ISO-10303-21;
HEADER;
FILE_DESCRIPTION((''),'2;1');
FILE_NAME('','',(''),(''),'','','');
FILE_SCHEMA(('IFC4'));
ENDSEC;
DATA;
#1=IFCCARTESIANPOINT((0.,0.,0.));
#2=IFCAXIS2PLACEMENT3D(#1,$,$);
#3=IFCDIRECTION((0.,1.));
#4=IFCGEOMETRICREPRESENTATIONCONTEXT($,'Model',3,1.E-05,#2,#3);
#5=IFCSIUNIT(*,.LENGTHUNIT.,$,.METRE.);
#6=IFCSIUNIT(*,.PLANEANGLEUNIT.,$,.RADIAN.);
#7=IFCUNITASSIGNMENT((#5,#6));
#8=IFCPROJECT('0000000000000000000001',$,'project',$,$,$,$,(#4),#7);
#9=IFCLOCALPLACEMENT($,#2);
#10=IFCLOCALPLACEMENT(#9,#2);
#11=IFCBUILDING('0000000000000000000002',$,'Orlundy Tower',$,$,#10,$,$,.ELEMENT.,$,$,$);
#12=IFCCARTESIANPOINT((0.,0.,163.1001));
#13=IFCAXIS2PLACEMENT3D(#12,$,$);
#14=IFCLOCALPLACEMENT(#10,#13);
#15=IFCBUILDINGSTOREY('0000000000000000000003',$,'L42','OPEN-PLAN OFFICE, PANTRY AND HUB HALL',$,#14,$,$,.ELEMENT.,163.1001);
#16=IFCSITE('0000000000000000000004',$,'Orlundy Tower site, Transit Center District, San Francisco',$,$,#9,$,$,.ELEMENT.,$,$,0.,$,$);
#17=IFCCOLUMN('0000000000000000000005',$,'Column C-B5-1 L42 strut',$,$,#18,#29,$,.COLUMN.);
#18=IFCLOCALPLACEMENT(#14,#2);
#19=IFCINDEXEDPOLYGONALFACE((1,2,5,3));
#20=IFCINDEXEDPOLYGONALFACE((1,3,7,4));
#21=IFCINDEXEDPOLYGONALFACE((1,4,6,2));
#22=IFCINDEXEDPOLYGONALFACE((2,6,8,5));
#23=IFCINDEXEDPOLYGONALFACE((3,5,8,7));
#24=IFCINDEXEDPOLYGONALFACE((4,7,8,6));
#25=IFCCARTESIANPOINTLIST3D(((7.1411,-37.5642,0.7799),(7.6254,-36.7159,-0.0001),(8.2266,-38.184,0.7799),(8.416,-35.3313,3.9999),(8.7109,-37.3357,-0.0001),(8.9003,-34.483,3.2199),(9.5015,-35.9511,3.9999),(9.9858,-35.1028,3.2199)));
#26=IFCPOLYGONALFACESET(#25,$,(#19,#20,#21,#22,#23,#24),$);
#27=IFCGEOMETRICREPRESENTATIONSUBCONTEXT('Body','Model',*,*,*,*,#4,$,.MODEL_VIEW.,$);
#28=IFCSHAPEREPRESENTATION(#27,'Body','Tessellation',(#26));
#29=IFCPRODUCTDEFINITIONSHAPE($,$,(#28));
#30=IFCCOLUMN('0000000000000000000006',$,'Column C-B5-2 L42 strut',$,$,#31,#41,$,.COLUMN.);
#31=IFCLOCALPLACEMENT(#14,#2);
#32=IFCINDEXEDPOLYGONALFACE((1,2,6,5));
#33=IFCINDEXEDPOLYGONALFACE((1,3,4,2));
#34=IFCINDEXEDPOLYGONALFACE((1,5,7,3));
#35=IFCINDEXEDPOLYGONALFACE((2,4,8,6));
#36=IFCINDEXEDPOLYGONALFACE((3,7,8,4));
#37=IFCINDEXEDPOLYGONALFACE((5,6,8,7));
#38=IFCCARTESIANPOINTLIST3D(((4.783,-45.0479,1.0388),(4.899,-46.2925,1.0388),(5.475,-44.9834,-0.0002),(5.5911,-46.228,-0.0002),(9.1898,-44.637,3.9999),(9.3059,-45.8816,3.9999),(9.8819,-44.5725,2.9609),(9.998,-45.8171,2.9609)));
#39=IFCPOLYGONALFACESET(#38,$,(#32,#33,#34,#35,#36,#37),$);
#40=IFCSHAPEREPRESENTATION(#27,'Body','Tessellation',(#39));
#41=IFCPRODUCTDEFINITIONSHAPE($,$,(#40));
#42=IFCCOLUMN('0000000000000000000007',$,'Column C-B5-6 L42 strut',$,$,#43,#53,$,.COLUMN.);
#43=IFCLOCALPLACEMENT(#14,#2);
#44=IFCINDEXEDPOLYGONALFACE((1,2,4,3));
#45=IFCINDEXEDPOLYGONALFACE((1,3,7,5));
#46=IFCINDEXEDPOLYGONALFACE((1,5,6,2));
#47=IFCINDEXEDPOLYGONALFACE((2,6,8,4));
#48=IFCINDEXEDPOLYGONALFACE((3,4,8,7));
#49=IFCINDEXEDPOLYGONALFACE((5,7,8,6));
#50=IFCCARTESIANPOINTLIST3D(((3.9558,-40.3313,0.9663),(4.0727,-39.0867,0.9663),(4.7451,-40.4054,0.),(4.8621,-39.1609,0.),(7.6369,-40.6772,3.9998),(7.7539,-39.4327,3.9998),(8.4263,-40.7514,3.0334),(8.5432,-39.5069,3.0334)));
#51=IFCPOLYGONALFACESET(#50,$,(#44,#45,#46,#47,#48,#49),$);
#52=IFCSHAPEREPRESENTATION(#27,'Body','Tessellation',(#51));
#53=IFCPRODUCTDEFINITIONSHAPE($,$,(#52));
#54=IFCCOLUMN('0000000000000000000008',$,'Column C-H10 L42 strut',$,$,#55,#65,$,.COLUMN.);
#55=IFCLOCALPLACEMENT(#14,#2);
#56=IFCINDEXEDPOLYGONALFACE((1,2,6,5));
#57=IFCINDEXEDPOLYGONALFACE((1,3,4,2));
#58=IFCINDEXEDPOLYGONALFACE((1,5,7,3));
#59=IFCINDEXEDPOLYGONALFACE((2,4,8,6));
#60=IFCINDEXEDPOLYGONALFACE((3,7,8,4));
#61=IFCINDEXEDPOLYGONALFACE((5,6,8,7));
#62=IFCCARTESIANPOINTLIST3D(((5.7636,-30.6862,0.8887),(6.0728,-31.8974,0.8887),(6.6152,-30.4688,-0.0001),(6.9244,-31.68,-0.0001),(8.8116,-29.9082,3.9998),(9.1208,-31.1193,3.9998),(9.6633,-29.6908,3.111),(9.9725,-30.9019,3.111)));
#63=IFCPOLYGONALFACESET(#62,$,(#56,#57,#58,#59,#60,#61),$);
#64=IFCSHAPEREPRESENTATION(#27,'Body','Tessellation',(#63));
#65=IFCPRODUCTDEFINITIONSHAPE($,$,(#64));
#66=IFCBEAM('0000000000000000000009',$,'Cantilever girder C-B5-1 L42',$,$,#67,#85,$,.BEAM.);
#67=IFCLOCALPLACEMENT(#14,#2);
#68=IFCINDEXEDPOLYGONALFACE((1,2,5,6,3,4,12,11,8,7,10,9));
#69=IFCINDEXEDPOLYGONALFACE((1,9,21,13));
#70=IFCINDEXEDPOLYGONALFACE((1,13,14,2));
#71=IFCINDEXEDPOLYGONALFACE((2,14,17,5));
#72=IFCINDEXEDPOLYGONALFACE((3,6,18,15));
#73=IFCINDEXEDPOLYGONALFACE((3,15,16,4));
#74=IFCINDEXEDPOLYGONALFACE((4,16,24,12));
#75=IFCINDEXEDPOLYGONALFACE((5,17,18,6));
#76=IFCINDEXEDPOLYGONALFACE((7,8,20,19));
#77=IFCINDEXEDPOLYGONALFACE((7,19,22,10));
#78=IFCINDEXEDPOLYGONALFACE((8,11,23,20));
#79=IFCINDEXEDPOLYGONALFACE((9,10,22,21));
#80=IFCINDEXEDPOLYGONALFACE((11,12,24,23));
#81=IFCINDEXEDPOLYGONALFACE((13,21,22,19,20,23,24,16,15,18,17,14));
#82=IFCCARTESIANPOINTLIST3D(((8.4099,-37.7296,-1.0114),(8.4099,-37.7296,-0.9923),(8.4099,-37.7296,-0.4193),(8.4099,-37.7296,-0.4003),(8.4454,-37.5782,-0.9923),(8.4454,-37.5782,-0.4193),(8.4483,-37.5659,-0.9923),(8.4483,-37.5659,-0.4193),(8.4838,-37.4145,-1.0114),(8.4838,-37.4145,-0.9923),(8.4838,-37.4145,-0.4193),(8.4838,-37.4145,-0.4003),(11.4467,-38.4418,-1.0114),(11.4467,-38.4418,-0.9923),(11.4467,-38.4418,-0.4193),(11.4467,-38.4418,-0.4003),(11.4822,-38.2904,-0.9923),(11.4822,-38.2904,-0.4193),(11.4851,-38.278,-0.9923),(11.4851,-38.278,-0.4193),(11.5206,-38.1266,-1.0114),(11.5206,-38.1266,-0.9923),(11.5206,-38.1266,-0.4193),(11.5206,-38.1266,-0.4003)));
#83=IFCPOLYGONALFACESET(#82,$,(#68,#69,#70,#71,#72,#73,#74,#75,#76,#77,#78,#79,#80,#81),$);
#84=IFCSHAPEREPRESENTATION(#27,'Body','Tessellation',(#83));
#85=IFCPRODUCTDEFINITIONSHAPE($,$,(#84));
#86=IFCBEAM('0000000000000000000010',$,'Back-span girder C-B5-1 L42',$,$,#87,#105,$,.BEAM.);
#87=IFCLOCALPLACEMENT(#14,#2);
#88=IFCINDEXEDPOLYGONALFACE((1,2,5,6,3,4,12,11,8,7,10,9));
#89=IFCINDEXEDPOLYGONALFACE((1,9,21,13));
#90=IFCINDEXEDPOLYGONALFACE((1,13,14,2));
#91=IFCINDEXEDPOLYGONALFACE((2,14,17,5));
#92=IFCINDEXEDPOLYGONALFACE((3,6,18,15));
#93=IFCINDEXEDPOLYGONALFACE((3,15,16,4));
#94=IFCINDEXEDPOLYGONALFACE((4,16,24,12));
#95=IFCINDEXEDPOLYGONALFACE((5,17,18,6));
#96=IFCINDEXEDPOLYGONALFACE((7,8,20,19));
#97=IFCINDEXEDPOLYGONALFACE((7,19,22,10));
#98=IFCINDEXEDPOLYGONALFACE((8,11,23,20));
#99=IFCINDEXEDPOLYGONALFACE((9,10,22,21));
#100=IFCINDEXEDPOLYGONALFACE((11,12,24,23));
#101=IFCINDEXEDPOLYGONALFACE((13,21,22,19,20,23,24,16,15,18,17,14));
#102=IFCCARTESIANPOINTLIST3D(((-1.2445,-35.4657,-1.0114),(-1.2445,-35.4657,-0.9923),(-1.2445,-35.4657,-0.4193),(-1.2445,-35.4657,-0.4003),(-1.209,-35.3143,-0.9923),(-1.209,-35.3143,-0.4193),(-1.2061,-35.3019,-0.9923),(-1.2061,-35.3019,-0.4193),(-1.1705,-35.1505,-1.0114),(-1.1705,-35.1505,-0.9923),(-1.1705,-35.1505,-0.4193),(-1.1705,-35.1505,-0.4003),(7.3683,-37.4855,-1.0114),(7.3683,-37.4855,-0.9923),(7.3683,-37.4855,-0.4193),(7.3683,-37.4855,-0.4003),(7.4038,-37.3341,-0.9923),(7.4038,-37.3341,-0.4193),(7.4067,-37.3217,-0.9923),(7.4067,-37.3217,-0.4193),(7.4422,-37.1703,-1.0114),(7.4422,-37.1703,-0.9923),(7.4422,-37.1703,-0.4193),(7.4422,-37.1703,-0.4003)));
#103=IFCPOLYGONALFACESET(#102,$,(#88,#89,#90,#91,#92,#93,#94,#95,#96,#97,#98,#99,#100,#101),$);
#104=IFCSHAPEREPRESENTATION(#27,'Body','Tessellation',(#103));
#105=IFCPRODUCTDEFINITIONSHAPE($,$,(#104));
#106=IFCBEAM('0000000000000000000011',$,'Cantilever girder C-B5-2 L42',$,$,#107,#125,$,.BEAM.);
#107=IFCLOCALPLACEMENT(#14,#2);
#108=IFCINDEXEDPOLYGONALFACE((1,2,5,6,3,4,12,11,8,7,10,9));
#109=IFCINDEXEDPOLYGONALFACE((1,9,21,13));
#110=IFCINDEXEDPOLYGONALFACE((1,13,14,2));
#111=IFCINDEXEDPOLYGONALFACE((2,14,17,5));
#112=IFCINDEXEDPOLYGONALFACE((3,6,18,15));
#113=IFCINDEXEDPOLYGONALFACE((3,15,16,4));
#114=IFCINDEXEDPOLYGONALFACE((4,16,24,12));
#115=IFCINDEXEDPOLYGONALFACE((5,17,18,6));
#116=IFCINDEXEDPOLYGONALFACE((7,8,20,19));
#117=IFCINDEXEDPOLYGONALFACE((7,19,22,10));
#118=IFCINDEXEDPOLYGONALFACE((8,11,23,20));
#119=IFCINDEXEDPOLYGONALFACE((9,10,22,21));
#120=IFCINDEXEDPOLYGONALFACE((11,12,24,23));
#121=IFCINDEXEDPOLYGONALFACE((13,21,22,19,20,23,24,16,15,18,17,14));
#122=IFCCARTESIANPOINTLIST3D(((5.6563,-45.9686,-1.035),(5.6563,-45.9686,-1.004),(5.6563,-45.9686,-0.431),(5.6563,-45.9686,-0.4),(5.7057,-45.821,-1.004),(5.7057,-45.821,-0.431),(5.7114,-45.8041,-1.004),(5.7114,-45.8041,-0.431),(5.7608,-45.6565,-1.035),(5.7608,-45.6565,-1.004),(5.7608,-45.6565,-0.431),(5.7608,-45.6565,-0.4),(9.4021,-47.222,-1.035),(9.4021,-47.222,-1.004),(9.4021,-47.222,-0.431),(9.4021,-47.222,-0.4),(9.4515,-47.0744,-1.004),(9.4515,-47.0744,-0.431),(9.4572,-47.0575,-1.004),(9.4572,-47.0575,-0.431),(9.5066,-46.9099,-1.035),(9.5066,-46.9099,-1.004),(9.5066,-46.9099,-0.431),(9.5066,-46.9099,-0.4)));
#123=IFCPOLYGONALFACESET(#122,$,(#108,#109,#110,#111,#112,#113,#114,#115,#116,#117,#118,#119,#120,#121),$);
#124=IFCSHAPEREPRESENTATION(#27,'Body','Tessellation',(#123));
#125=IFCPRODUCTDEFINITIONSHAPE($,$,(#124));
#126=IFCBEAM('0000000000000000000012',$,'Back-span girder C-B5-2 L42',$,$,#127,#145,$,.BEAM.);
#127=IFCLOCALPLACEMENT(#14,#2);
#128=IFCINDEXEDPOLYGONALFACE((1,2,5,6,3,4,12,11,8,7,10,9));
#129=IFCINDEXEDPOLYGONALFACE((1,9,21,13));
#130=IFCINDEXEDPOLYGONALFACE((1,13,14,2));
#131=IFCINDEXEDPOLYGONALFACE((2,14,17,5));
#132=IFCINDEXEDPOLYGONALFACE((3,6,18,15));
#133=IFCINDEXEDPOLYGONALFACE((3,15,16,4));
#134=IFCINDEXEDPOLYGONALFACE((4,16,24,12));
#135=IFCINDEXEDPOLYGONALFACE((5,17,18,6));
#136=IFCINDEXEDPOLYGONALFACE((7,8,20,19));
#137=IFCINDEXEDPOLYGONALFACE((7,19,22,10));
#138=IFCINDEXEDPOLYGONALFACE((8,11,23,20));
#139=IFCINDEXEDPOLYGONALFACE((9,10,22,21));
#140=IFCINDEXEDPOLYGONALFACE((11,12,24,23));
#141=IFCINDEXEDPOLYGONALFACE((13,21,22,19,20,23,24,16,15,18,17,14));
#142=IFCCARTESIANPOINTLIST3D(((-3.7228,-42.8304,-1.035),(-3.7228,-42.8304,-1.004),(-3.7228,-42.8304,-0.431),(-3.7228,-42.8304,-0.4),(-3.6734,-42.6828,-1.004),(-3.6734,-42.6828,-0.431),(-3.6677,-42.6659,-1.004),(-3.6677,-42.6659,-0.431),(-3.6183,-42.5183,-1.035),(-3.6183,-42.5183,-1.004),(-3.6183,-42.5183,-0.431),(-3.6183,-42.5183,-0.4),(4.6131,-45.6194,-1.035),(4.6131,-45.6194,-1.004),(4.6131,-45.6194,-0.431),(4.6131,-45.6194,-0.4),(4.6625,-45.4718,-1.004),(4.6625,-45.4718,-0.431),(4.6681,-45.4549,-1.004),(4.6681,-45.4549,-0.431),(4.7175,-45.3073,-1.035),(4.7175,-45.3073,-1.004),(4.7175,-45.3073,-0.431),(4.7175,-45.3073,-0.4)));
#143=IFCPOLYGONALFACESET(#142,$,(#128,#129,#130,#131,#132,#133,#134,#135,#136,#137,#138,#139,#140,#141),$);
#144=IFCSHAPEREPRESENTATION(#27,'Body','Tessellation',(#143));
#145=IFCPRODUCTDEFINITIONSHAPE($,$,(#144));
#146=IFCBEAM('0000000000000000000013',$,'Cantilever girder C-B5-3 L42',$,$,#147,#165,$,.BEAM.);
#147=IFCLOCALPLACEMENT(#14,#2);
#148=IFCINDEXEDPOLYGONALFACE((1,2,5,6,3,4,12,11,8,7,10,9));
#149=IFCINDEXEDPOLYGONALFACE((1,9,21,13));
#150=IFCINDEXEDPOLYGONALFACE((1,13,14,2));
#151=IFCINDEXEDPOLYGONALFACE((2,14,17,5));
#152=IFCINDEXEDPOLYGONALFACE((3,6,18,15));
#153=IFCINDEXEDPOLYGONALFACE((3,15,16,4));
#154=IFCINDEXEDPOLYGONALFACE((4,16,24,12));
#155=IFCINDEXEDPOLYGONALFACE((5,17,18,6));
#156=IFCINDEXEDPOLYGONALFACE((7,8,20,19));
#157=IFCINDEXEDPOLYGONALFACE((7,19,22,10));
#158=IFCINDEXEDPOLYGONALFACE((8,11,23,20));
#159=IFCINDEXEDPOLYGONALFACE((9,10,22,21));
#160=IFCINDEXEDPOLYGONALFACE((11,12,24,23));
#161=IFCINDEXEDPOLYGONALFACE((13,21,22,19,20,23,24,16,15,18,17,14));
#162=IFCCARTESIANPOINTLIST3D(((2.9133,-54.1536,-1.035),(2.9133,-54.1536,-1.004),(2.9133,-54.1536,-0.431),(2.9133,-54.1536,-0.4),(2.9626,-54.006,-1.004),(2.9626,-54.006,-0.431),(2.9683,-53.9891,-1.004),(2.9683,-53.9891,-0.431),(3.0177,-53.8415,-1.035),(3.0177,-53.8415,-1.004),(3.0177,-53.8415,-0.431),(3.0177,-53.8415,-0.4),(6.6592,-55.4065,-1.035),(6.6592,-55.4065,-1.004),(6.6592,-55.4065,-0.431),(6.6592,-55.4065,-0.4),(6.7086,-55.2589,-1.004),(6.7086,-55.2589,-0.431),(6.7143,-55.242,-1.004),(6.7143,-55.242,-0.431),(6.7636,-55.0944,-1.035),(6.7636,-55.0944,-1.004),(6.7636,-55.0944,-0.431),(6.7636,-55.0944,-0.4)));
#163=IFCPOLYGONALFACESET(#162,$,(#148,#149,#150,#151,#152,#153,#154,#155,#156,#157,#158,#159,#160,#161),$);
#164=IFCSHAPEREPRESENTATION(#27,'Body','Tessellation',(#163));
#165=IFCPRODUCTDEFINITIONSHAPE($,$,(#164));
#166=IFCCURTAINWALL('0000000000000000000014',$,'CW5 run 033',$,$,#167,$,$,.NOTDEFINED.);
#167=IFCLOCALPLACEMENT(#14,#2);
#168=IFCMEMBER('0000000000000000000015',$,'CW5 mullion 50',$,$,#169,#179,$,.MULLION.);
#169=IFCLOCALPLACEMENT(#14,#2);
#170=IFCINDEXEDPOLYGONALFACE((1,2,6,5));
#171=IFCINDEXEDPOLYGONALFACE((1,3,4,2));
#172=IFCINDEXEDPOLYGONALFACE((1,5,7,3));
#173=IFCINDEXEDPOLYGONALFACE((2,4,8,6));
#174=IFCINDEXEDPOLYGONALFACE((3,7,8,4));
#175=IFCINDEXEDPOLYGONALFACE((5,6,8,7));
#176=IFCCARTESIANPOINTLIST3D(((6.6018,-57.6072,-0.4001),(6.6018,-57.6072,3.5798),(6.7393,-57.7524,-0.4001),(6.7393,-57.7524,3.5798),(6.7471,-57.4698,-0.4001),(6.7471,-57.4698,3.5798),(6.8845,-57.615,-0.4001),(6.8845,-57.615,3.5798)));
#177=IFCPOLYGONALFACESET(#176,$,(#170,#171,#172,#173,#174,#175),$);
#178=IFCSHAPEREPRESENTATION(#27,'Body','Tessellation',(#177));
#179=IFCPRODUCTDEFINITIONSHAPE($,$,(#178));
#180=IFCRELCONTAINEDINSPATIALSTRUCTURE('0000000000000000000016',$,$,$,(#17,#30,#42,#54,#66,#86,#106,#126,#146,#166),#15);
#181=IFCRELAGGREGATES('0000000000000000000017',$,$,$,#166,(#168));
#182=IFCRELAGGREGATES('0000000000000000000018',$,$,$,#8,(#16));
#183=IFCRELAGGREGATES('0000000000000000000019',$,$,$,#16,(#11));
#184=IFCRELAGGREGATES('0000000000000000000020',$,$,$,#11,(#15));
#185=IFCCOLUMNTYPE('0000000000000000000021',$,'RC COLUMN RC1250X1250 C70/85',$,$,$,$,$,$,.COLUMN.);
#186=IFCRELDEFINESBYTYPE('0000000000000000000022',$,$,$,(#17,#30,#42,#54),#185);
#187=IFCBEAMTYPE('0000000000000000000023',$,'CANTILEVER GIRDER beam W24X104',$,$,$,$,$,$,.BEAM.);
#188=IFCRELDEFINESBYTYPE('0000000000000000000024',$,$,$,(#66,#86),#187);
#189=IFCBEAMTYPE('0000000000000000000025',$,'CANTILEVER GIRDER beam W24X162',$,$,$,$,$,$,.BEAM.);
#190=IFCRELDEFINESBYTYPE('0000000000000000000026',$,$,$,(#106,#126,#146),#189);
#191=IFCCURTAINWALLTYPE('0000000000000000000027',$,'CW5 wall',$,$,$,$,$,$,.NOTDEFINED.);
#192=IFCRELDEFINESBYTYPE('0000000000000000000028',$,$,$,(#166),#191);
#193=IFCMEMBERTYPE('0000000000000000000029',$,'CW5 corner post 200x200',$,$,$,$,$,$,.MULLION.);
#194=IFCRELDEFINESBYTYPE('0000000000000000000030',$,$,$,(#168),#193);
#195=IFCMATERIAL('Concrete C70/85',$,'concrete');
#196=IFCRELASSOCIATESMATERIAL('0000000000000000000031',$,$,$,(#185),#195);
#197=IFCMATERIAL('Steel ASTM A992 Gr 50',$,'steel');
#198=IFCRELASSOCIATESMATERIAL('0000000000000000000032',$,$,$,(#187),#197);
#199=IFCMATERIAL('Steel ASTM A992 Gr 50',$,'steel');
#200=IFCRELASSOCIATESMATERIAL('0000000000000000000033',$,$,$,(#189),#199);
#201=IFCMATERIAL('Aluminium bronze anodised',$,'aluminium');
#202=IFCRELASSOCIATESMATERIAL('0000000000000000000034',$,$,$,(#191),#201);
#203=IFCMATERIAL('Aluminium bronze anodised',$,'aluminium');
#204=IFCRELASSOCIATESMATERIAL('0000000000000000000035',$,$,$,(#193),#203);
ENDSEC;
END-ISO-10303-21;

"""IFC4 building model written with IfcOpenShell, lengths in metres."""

from ifc_helpers import new_model, si_unit, direction, frame, origin, origin_2d, place, context, subcontext, project, spatial, rectangle, i_section, extrude, material, material_profile, profile_set, type_object, element, aggregate, save


model = new_model("IFC4")

# Units and contexts
model_context = context("Model", 3, precision=1e-05, world=origin(), true_north=direction((0.0, 1.0)))
body_context = subcontext(model_context, "Body", "Model", "MODEL_VIEW")
ifc_project = project(units=[si_unit("LENGTHUNIT", "METRE"), si_unit("PLANEANGLEUNIT", "RADIAN")], contexts=[model_context])

# Site, building, storey
site_placement = place(None, origin())
site = spatial("IfcSite", under=ifc_project, at=site_placement, Name="Orlundy Tower site, Transit Center District, San Francisco", CompositionType="ELEMENT", RefElevation=0.0)
building_placement = place(site_placement, origin())
building = spatial("IfcBuilding", under=site, at=building_placement, Name="Orlundy Tower", CompositionType="ELEMENT")
storey_placement = place(building_placement, frame((0.0, 0.0, 163.1001)))
storey = spatial("IfcBuildingStorey", under=building, at=storey_placement, Name="L42", Description="OPEN-PLAN OFFICE, PANTRY AND HUB HALL", CompositionType="ELEMENT", Elevation=163.1001)

# Columns
ifc_material_1 = material(Name="Concrete C70/85", Category="concrete")
ifc_material_profile_1 = material_profile(ifc_material_1, rectangle(XDim=1.25, YDim=1.25, at=origin_2d()), Name="RC1250X1250")
ifc_profile_set_1 = profile_set([ifc_material_profile_1], Name="Concrete C70/85")
column_type = type_object("IfcColumnType", Name="RC COLUMN RC1250X1250 C70/85", PredefinedType="COLUMN", material=ifc_profile_set_1)
column_1_placement = place(storey_placement, frame((7.926, -37.45, 0.3899), z_axis=(0.309396, 0.541887, 0.781429), x_axis=(-0.868418, 0.495832, 0.0)))
element("IfcColumn", 1, at=column_1_placement, inside=storey, type_object=column_type, Name="Column C-B5-1 L42 strut", PredefinedType="COLUMN", context=body_context, shape_type="SweptSolid", body=[
    extrude(rectangle(XDim=1.25, YDim=1.25, at=origin_2d()), origin(), (0.0, 0.0, 1.0), 4.1206),
])
column_2_placement = place(storey_placement, frame((5.187, -45.6379, 0.5193), z_axis=(0.827554, 0.077158, 0.556058), x_axis=(-0.092833, 0.995682, 0.0)))
element("IfcColumn", 2, at=column_2_placement, inside=storey, type_object=column_type, Name="Column C-B5-2 L42 strut", PredefinedType="COLUMN", context=body_context, shape_type="SweptSolid", body=[
    extrude(rectangle(XDim=1.25, YDim=1.25, at=origin_2d()), origin(), (0.0, 0.0, 1.0), 5.3252),
])
column_3_placement = place(storey_placement, frame((4.4089, -39.7461, 0.4832), z_axis=(0.769712, -0.072336, 0.63428), x_axis=(0.093566, 0.995613, 0.0)))
element("IfcColumn", 3, at=column_3_placement, inside=storey, type_object=column_type, Name="Column C-B5-6 L42 strut", PredefinedType="COLUMN", context=body_context, shape_type="SweptSolid", body=[
    extrude(rectangle(XDim=1.25, YDim=1.25, at=origin_2d()), origin(), (0.0, 0.0, 1.0), 4.7825),
])
column_4_placement = place(storey_placement, frame((6.344, -31.1831, 0.4443), z_axis=(0.688932, 0.175861, 0.703168), x_axis=(-0.247335, 0.96893, 0.0)))
element("IfcColumn", 4, at=column_4_placement, inside=storey, type_object=column_type, Name="Column C-H10 L42 strut", PredefinedType="COLUMN", context=body_context, shape_type="SweptSolid", body=[
    extrude(rectangle(XDim=1.25, YDim=1.25, at=origin_2d()), origin(), (0.0, 0.0, 1.0), 4.4243),
])

# Beams
ifc_material_2 = material(Name="Steel ASTM A992 Gr 50", Category="steel")
ifc_material_profile_2 = material_profile(ifc_material_2, i_section(OverallWidth=0.3237, OverallDepth=0.6111, WebThickness=0.0127, FlangeThickness=0.019, at=origin_2d()), Name="W24X104")
ifc_profile_set_2 = profile_set([ifc_material_profile_2], Name="Steel ASTM A992 Gr 50")
beam_type_1 = type_object("IfcBeamType", Name="CANTILEVER GIRDER beam W24X104", PredefinedType="BEAM", material=ifc_profile_set_2)
beam_1_placement = place(storey_placement, frame((11.4836, -38.2842, -0.7058), z_axis=(-0.973588, 0.228311, 0.0), x_axis=(-0.228311, -0.973588, 0.0)))
element("IfcBeam", 5, at=beam_1_placement, inside=storey, type_object=beam_type_1, Name="Cantilever girder C-B5-1 L42", PredefinedType="BEAM", context=body_context, shape_type="SweptSolid", body=[
    extrude(i_section(OverallWidth=0.3237, OverallDepth=0.6111, WebThickness=0.0127, FlangeThickness=0.019, at=origin_2d()), origin(), (0.0, 0.0, 1.0), 3.1191),
])
beam_2_placement = place(storey_placement, frame((7.4053, -37.3279, -0.7058), z_axis=(-0.973587, 0.228315, 0.0), x_axis=(-0.228315, -0.973587, 0.0)))
element("IfcBeam", 6, at=beam_2_placement, inside=storey, type_object=beam_type_1, Name="Back-span girder C-B5-1 L42", PredefinedType="BEAM", context=body_context, shape_type="SweptSolid", body=[
    extrude(i_section(OverallWidth=0.3237, OverallDepth=0.6111, WebThickness=0.0127, FlangeThickness=0.019, at=origin_2d()), origin(), (0.0, 0.0, 1.0), 8.8464),
])
ifc_material_3 = material(Name="Steel ASTM A992 Gr 50", Category="steel")
ifc_material_profile_3 = material_profile(ifc_material_3, i_section(OverallWidth=0.3291, OverallDepth=0.635, WebThickness=0.0178, FlangeThickness=0.031, at=origin_2d()), Name="W24X162")
ifc_profile_set_3 = profile_set([ifc_material_profile_3], Name="Steel ASTM A992 Gr 50")
beam_type_2 = type_object("IfcBeamType", Name="CANTILEVER GIRDER beam W24X162", PredefinedType="BEAM", material=ifc_profile_set_3)
beam_3_placement = place(storey_placement, frame((9.4543, -47.0659, -0.7175), z_axis=(-0.948318, 0.317322, 0.0), x_axis=(-0.317322, -0.948318, 0.0)))
element("IfcBeam", 7, at=beam_3_placement, inside=storey, type_object=beam_type_2, Name="Cantilever girder C-B5-2 L42", PredefinedType="BEAM", context=body_context, shape_type="SweptSolid", body=[
    extrude(i_section(OverallWidth=0.3291, OverallDepth=0.635, WebThickness=0.0178, FlangeThickness=0.031, at=origin_2d()), origin(), (0.0, 0.0, 1.0), 3.95),
])
beam_4_placement = place(storey_placement, frame((4.6653, -45.4634, -0.7175), z_axis=(-0.948327, 0.317294, 0.0), x_axis=(-0.317294, -0.948327, 0.0)))
element("IfcBeam", 8, at=beam_4_placement, inside=storey, type_object=beam_type_2, Name="Back-span girder C-B5-2 L42", PredefinedType="BEAM", context=body_context, shape_type="SweptSolid", body=[
    extrude(i_section(OverallWidth=0.3291, OverallDepth=0.635, WebThickness=0.0178, FlangeThickness=0.031, at=origin_2d()), origin(), (0.0, 0.0, 1.0), 8.79),
])
beam_5_placement = place(storey_placement, frame((6.7114, -55.2505, -0.7175), z_axis=(-0.948355, 0.31721, 0.0), x_axis=(-0.31721, -0.948355, 0.0)))
element("IfcBeam", 9, at=beam_5_placement, inside=storey, type_object=beam_type_2, Name="Cantilever girder C-B5-3 L42", PredefinedType="BEAM", context=body_context, shape_type="SweptSolid", body=[
    extrude(i_section(OverallWidth=0.3291, OverallDepth=0.635, WebThickness=0.0178, FlangeThickness=0.031, at=origin_2d()), origin(), (0.0, 0.0, 1.0), 3.95),
])

# Curtain wall, member
ifc_material_4 = material(Name="Aluminium bronze anodised", Category="aluminium")
curtain_wall_type = type_object("IfcCurtainWallType", Name="CW5 wall", PredefinedType="NOTDEFINED", material=ifc_material_4)
curtain_wall_1_placement = place(storey_placement, origin())
curtain_wall_1 = element("IfcCurtainWall", 10, at=curtain_wall_1_placement, inside=storey, type_object=curtain_wall_type, Name="CW5 run 033", PredefinedType="NOTDEFINED")
ifc_material_5 = material(Name="Aluminium bronze anodised", Category="aluminium")
ifc_material_profile_4 = material_profile(ifc_material_5, rectangle(XDim=0.2, YDim=0.2, at=origin_2d()), Name="CW5 corner post 200x200")
ifc_profile_set_4 = profile_set([ifc_material_profile_4], Name="Aluminium bronze anodised")
member_type_1 = type_object("IfcMemberType", Name="CW5 corner post 200x200", PredefinedType="MULLION", material=ifc_profile_set_4)
member_1_placement = place(storey_placement, frame((6.7432, -57.6111, -0.4001), z_axis=(0.0, 0.0, 1.0), x_axis=(0.687281, -0.726392, 0.0)))
member_1 = element("IfcMember", 11, at=member_1_placement, type_object=member_type_1, Name="CW5 mullion 50", PredefinedType="MULLION", context=body_context, shape_type="SweptSolid", body=[
    extrude(rectangle(XDim=0.2, YDim=0.2, at=origin_2d()), origin(), (0.0, 0.0, 1.0), 3.98),
])

aggregate(curtain_wall_1, [member_1])

save(model, "model.ifc")
